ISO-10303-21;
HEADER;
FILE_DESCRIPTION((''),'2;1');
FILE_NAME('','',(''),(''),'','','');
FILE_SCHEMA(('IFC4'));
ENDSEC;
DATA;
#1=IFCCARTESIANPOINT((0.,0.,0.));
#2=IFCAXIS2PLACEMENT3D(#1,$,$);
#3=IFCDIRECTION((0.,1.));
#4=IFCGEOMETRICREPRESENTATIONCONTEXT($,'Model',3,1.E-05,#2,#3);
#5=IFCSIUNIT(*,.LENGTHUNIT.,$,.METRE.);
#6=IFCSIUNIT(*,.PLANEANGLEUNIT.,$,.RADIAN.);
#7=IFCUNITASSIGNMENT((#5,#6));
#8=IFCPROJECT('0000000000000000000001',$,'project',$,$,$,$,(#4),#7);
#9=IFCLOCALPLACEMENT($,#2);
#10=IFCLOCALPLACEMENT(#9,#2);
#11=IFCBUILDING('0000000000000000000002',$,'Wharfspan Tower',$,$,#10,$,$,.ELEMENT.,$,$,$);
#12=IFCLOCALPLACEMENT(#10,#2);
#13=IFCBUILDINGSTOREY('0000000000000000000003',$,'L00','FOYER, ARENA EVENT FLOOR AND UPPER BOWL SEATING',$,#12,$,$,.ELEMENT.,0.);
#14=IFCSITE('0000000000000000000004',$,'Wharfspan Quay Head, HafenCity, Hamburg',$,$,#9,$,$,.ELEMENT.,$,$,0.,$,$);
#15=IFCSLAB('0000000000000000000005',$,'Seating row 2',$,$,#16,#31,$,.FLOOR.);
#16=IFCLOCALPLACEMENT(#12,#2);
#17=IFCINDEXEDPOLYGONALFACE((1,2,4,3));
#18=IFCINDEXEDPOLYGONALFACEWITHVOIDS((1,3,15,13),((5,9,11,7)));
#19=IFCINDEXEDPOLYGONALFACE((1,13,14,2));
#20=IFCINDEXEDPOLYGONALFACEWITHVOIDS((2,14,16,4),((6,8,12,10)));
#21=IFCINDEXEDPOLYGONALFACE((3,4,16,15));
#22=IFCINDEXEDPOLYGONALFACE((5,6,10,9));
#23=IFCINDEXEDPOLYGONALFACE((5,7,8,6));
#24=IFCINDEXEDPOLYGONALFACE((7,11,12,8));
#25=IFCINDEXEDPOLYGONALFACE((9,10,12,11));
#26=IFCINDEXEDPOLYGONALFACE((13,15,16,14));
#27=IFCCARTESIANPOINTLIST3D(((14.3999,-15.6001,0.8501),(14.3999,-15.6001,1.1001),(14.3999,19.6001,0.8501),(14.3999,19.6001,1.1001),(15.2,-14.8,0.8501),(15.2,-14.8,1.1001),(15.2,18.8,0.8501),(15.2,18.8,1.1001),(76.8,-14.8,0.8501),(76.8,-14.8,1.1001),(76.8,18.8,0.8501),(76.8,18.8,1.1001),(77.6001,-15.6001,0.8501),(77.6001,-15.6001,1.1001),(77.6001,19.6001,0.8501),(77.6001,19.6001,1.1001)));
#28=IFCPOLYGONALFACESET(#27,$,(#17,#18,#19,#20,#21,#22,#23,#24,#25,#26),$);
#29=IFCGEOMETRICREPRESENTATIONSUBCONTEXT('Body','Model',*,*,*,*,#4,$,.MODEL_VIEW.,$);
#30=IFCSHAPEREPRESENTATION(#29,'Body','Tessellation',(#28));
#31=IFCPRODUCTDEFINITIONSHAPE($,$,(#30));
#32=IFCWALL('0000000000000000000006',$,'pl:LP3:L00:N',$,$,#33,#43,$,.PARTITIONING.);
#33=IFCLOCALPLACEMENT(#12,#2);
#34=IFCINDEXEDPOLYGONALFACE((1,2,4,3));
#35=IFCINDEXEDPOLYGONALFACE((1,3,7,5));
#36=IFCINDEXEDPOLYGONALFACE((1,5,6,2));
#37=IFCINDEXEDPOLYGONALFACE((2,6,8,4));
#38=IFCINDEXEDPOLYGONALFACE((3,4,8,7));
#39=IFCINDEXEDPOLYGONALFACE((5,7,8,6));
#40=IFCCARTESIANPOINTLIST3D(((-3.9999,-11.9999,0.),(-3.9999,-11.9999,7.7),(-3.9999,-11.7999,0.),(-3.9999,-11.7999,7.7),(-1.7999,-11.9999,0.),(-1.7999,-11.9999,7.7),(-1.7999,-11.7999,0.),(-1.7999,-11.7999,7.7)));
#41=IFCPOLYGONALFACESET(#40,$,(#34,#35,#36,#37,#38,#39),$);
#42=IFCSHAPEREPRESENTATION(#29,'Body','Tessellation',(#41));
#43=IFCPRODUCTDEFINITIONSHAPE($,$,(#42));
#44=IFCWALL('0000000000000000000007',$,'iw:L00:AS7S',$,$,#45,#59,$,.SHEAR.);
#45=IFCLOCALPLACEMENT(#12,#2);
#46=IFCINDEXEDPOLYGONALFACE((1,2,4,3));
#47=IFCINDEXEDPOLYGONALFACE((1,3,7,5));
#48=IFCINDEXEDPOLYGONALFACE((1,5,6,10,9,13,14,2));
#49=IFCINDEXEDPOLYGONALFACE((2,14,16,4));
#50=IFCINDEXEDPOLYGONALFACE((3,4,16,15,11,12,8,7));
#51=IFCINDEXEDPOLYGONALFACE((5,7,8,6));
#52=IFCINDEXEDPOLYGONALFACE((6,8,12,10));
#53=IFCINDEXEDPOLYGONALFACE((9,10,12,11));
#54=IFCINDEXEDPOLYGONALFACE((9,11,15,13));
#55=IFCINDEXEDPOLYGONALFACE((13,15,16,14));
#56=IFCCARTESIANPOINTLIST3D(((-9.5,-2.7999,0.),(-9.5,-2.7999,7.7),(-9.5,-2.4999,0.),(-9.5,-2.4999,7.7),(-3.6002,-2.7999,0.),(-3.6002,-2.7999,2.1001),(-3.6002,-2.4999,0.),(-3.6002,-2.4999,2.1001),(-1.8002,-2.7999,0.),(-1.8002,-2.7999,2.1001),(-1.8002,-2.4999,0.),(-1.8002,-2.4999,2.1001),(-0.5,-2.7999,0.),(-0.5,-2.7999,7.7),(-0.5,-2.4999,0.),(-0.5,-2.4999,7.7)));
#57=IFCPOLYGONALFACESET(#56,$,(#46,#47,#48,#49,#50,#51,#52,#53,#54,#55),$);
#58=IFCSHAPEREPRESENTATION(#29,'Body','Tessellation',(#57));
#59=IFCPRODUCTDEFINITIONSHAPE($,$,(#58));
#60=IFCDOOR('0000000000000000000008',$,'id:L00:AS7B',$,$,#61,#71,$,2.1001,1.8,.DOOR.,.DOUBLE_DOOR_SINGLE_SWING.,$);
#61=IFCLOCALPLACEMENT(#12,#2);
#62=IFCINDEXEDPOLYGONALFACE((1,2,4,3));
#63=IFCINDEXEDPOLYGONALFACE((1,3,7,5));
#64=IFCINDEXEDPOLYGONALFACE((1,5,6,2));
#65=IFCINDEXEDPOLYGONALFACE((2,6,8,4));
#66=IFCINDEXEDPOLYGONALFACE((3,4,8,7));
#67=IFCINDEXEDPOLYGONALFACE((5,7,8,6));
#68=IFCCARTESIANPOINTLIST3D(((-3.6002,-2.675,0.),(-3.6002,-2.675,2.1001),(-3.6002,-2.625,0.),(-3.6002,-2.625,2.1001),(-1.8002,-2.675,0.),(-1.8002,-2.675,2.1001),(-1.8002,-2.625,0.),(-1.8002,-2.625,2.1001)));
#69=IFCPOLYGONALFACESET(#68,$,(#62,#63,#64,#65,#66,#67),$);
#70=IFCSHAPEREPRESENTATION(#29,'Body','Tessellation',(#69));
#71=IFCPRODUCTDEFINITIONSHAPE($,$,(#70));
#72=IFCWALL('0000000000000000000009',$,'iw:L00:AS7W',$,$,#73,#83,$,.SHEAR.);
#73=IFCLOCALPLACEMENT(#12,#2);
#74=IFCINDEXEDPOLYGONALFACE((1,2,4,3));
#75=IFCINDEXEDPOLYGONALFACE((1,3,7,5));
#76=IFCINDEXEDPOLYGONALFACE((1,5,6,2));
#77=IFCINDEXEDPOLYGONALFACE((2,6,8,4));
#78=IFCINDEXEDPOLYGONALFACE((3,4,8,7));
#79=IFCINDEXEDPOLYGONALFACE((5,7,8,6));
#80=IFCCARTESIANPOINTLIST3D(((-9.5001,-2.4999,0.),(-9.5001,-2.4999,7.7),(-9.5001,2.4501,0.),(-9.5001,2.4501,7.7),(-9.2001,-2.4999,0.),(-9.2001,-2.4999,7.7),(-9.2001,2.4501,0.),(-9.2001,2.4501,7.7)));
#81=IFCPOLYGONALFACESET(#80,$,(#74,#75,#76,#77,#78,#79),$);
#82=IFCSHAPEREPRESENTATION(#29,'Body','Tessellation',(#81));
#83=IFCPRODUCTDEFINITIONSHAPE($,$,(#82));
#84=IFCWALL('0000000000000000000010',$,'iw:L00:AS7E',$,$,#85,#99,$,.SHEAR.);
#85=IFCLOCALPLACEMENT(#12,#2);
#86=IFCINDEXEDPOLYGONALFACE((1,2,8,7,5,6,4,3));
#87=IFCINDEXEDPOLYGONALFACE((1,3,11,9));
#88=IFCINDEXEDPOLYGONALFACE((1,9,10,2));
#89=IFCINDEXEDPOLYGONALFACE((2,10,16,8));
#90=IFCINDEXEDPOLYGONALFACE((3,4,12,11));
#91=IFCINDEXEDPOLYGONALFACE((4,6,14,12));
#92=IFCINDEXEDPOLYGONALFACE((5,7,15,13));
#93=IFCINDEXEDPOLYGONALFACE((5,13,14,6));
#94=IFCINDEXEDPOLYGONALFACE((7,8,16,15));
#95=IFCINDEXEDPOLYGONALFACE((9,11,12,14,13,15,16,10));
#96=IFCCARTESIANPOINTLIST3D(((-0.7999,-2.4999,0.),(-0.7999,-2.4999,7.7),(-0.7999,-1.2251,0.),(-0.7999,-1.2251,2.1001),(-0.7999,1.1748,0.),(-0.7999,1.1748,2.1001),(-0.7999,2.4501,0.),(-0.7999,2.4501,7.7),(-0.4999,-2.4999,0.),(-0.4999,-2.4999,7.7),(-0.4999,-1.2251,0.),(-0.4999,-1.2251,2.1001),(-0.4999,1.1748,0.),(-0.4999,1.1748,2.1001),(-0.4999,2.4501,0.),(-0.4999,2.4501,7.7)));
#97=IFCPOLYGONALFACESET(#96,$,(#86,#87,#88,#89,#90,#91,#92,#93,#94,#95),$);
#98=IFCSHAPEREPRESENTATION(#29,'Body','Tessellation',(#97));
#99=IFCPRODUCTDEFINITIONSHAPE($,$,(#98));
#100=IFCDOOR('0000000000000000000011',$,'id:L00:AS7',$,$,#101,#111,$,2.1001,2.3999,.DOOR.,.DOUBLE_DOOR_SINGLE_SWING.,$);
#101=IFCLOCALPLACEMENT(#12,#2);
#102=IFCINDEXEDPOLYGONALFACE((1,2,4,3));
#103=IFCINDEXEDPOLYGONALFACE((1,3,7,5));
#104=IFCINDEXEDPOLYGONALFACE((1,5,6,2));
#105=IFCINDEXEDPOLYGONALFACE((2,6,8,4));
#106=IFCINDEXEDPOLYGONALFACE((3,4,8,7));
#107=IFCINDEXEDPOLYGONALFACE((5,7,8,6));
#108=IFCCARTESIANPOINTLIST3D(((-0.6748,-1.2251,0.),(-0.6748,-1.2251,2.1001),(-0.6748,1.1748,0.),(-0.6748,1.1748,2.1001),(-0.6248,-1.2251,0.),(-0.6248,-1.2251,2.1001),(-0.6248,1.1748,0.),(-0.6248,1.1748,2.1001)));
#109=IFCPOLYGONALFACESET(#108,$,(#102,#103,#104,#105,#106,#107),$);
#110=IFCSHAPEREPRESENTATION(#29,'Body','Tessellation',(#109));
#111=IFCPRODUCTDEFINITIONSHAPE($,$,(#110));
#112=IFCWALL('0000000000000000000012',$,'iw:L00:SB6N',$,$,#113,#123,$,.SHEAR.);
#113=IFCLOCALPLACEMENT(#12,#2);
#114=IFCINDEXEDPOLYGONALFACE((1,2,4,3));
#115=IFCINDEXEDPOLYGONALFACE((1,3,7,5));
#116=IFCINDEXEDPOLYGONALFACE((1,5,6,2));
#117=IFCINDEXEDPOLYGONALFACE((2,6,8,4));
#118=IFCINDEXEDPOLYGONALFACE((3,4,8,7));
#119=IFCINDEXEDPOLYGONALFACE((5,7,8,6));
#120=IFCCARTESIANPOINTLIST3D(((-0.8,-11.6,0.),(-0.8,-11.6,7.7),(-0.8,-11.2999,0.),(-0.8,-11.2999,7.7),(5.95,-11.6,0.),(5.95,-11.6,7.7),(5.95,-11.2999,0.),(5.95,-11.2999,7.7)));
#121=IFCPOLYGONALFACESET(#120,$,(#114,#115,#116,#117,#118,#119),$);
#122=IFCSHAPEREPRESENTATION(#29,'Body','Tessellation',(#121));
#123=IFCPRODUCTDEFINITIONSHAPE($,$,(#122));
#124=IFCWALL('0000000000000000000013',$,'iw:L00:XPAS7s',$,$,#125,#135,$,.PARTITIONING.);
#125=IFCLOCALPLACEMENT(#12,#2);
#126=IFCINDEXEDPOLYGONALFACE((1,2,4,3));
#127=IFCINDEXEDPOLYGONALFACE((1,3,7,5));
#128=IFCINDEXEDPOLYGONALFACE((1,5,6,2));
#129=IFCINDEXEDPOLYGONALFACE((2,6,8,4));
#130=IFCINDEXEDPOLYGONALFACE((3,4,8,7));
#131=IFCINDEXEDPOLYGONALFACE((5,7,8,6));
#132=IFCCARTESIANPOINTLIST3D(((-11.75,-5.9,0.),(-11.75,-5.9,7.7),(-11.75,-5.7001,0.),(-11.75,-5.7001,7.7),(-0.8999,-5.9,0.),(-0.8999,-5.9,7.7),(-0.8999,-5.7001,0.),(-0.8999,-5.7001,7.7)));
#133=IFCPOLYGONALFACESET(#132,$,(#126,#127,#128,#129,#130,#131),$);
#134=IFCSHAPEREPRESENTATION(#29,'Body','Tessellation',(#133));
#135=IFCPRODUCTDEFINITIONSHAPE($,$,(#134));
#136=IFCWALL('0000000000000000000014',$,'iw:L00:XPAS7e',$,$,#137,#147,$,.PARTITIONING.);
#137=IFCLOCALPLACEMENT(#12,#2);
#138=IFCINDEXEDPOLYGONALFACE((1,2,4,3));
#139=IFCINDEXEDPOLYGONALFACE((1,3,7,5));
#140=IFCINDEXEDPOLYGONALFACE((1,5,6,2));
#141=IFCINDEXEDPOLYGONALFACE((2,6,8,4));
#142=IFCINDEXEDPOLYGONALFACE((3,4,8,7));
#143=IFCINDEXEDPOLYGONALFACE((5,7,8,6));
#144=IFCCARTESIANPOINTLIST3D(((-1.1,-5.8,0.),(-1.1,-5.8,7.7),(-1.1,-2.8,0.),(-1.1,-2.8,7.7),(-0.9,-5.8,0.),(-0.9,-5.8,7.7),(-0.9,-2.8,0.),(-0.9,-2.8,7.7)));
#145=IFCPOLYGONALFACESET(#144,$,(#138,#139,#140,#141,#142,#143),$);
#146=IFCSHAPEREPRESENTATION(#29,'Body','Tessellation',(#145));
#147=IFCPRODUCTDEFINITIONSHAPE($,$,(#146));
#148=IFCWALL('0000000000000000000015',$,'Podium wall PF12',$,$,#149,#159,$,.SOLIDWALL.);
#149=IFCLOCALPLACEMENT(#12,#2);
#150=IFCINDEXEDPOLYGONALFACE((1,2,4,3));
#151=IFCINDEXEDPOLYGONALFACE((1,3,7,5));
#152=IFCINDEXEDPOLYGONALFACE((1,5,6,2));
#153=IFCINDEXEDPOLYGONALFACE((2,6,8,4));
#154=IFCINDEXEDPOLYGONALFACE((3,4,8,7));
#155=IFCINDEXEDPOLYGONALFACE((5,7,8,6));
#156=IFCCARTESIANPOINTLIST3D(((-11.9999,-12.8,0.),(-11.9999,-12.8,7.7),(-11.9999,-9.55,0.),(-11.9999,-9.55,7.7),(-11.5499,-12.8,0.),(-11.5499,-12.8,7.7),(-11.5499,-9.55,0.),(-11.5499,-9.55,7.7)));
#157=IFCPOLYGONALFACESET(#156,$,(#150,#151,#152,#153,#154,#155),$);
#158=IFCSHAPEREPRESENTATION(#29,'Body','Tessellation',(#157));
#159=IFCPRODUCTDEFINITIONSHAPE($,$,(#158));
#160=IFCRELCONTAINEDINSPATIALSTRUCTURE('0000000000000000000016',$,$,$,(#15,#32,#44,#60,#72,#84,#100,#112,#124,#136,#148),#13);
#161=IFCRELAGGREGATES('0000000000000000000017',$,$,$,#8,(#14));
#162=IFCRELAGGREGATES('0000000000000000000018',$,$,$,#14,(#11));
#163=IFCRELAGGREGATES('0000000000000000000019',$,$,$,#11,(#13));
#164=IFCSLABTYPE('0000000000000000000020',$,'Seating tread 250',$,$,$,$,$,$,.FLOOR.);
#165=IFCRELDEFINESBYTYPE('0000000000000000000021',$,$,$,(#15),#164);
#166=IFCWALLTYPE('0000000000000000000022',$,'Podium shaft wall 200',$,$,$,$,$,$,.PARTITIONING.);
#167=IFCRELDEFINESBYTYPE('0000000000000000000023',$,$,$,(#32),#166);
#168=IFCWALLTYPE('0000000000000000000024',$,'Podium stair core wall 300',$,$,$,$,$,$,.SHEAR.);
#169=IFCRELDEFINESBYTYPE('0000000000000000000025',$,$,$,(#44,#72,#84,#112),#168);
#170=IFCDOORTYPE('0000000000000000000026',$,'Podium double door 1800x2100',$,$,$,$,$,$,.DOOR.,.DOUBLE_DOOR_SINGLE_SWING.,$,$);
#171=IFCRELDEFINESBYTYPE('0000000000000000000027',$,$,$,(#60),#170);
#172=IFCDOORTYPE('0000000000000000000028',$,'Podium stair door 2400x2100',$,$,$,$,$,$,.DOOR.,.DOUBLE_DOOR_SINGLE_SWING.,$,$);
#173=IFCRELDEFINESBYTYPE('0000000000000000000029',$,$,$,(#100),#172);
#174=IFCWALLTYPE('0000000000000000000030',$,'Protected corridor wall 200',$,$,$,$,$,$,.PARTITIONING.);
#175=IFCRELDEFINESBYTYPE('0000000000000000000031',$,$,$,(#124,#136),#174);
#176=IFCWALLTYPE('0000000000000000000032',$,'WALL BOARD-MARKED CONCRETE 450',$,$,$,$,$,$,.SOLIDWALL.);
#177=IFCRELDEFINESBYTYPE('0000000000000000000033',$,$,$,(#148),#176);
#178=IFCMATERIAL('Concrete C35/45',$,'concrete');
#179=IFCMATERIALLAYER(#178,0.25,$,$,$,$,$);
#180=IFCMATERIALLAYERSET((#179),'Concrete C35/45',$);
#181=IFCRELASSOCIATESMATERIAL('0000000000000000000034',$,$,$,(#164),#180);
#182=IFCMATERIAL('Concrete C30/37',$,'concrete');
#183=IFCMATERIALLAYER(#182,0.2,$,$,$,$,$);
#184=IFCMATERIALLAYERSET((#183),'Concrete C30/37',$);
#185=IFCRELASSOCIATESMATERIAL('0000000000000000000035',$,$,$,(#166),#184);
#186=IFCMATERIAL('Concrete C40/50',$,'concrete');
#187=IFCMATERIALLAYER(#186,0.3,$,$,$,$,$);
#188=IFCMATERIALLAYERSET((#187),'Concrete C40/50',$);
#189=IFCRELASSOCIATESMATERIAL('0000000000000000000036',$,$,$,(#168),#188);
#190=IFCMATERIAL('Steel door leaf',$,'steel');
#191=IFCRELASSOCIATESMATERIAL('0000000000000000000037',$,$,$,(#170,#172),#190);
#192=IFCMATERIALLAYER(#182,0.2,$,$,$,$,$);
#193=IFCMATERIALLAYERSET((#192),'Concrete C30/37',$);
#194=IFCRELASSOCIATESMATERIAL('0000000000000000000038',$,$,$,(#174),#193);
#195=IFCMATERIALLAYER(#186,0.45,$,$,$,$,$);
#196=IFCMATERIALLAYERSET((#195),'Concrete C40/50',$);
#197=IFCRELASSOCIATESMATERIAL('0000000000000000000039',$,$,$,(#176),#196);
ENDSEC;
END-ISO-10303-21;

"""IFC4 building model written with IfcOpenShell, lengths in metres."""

from ifc_helpers import new_model, si_unit, direction, frame, frame_2d, origin, place, context, subcontext, project, spatial, polyline, rectangle, outline, extrude, material, layer, layer_set, type_object, element, fill, save


model = new_model("IFC4")

# Units and contexts
model_context = context("Model", 3, precision=1e-05, world=origin(), true_north=direction((0.0, 1.0)))
body_context = subcontext(model_context, "Body", "Model", "MODEL_VIEW")
ifc_project = project(units=[si_unit("LENGTHUNIT", "METRE"), si_unit("PLANEANGLEUNIT", "RADIAN")], contexts=[model_context])

# Site, building, storey
site_placement = place(None, origin())
site = spatial("IfcSite", under=ifc_project, at=site_placement, Name="Wharfspan Quay Head, HafenCity, Hamburg", CompositionType="ELEMENT", RefElevation=0.0)
building_placement = place(site_placement, origin())
building = spatial("IfcBuilding", under=site, at=building_placement, Name="Wharfspan Tower", CompositionType="ELEMENT")
storey_placement = place(building_placement, origin())
storey = spatial("IfcBuildingStorey", under=building, at=storey_placement, Name="L00", Description="FOYER, ARENA EVENT FLOOR AND UPPER BOWL SEATING", CompositionType="ELEMENT", Elevation=0.0)

# Slab
ifc_material_1 = material(Name="Concrete C35/45", Category="concrete")
ifc_layer_1 = layer(ifc_material_1, 0.25)
ifc_layer_set_1 = layer_set([ifc_layer_1], Name="Concrete C35/45")
slab_type_1 = type_object("IfcSlabType", Name="Seating tread 250", PredefinedType="FLOOR", material=ifc_layer_set_1)
slab_1_placement = place(storey_placement, frame((0.0, 0.0, 0.8501)))
element("IfcSlab", 1, at=slab_1_placement, inside=storey, type_object=slab_type_1, Name="Seating row 2", PredefinedType="FLOOR", context=body_context, shape_type="SweptSolid", body=[
    extrude(outline(polyline([(14.3999, 19.6001), (77.6001, 19.6001), (77.6001, -15.6001), (14.3999, -15.6001), (14.3999, 19.6001)]), holes=[polyline([(15.2, 18.8), (15.2, -14.8), (76.8, -14.8), (76.8, 18.8), (15.2, 18.8)])]), origin(), (0.0, 0.0, 1.0), 0.25),
])

# Wall
ifc_material_2 = material(Name="Concrete C30/37", Category="concrete")
ifc_layer_2 = layer(ifc_material_2, 0.2)
ifc_layer_set_2 = layer_set([ifc_layer_2], Name="Concrete C30/37")
wall_type_1 = type_object("IfcWallType", Name="Podium shaft wall 200", PredefinedType="PARTITIONING", material=ifc_layer_set_2)
wall_1_placement = place(storey_placement, frame((-4.0, -11.8999, 0.0), z_axis=(0.0, 0.0, 1.0), x_axis=(1.0, 0.0, 0.0)))
element("IfcWall", 2, at=wall_1_placement, inside=storey, type_object=wall_type_1, Name="pl:LP3:L00:N", PredefinedType="PARTITIONING", context=body_context, shape_type="SweptSolid", body=[
    extrude(rectangle(XDim=2.2, YDim=0.2, at=frame_2d((1.1001, 0.0))), origin(), (0.0, 0.0, 1.0), 7.7),
])

# Wall, opening, door
ifc_material_3 = material(Name="Concrete C40/50", Category="concrete")
ifc_layer_3 = layer(ifc_material_3, 0.3)
ifc_layer_set_3 = layer_set([ifc_layer_3], Name="Concrete C40/50")
wall_type_2 = type_object("IfcWallType", Name="Podium stair core wall 300", PredefinedType="SHEAR", material=ifc_layer_set_3)
wall_2_placement = place(storey_placement, frame((-9.5, -2.6499, 0.0), z_axis=(0.0, 0.0, 1.0), x_axis=(1.0, 0.0, 0.0)))
wall_2 = element("IfcWall", 3, at=wall_2_placement, inside=storey, type_object=wall_type_2, Name="iw:L00:AS7S", PredefinedType="SHEAR", context=body_context, shape_type="SweptSolid", body=[
    extrude(rectangle(XDim=9.0, YDim=0.3, at=frame_2d((4.5, 0.0))), origin(), (0.0, 0.0, 1.0), 7.7),
])
opening_1_placement = place(wall_2_placement, frame((5.8999, 0.0, 0.0)))
opening_1 = element("IfcOpeningElement", 4, at=opening_1_placement, cuts=wall_2, PredefinedType="OPENING", context=body_context, shape_type="SweptSolid", body=[
    extrude(rectangle(XDim=1.8, YDim=2.1001, at=frame_2d((0.8999, 1.05))), frame((0.0, 0.1599, 0.0), z_axis=(0.0, -1.0, 0.0), x_axis=(1.0, 0.0, 0.0)), (0.0, 0.0, 1.0), 0.3201),
])
ifc_material_4 = material(Name="Steel door leaf", Category="steel")
door_type_1 = type_object("IfcDoorType", Name="Podium double door 1800x2100", OperationType="DOUBLE_DOOR_SINGLE_SWING", PredefinedType="DOOR", material=ifc_material_4)
door_1_placement = place(opening_1_placement, origin())
door_1 = element("IfcDoor", 5, at=door_1_placement, inside=storey, type_object=door_type_1, Name="id:L00:AS7B", OperationType="DOUBLE_DOOR_SINGLE_SWING", OverallHeight=2.1001, OverallWidth=1.8, PredefinedType="DOOR", context=body_context, shape_type="SweptSolid", body=[
    extrude(rectangle(XDim=1.8, YDim=2.1001, at=frame_2d((0.8999, 1.05))), frame((0.0, 0.0249, 0.0), z_axis=(0.0, -1.0, 0.0), x_axis=(1.0, 0.0, 0.0)), (0.0, 0.0, 1.0), 0.05),
])
fill(opening_1, door_1)

# Wall
wall_3_placement = place(storey_placement, frame((-9.3501, -2.5, 0.0), z_axis=(0.0, 0.0, 1.0), x_axis=(0.0, 1.0, 0.0)))
element("IfcWall", 6, at=wall_3_placement, inside=storey, type_object=wall_type_2, Name="iw:L00:AS7W", PredefinedType="SHEAR", context=body_context, shape_type="SweptSolid", body=[
    extrude(rectangle(XDim=4.95, YDim=0.3, at=frame_2d((2.4751, 0.0))), origin(), (0.0, 0.0, 1.0), 7.7),
])

# Wall, opening, door
wall_4_placement = place(storey_placement, frame((-0.6499, -2.5, 0.0), z_axis=(0.0, 0.0, 1.0), x_axis=(0.0, 1.0, 0.0)))
wall_4 = element("IfcWall", 7, at=wall_4_placement, inside=storey, type_object=wall_type_2, Name="iw:L00:AS7E", PredefinedType="SHEAR", context=body_context, shape_type="SweptSolid", body=[
    extrude(rectangle(XDim=4.95, YDim=0.3, at=frame_2d((2.4751, 0.0))), origin(), (0.0, 0.0, 1.0), 7.7),
])
opening_2_placement = place(wall_4_placement, frame((1.2749, 0.0, 0.0)))
opening_2 = element("IfcOpeningElement", 8, at=opening_2_placement, cuts=wall_4, PredefinedType="OPENING", context=body_context, shape_type="SweptSolid", body=[
    extrude(rectangle(XDim=2.3999, YDim=2.1001, at=frame_2d((1.2, 1.05))), frame((0.0, 0.1599, 0.0), z_axis=(0.0, -1.0, 0.0), x_axis=(1.0, 0.0, 0.0)), (0.0, 0.0, 1.0), 0.3201),
])
door_type_2 = type_object("IfcDoorType", Name="Podium stair door 2400x2100", OperationType="DOUBLE_DOOR_SINGLE_SWING", PredefinedType="DOOR", material=ifc_material_4)
door_2_placement = place(opening_2_placement, origin())
door_2 = element("IfcDoor", 9, at=door_2_placement, inside=storey, type_object=door_type_2, Name="id:L00:AS7", OperationType="DOUBLE_DOOR_SINGLE_SWING", OverallHeight=2.1001, OverallWidth=2.3999, PredefinedType="DOOR", context=body_context, shape_type="SweptSolid", body=[
    extrude(rectangle(XDim=2.3999, YDim=2.1001, at=frame_2d((1.2, 1.05))), frame((0.0, 0.0249, 0.0), z_axis=(0.0, -1.0, 0.0), x_axis=(1.0, 0.0, 0.0)), (0.0, 0.0, 1.0), 0.05),
])
fill(opening_2, door_2)

# Walls
wall_5_placement = place(storey_placement, frame((-0.8, -11.45, 0.0), z_axis=(0.0, 0.0, 1.0), x_axis=(1.0, 0.0, 0.0)))
element("IfcWall", 10, at=wall_5_placement, inside=storey, type_object=wall_type_2, Name="iw:L00:SB6N", PredefinedType="SHEAR", context=body_context, shape_type="SweptSolid", body=[
    extrude(rectangle(XDim=6.75, YDim=0.3, at=frame_2d((3.375, 0.0))), origin(), (0.0, 0.0, 1.0), 7.7),
])
ifc_layer_4 = layer(ifc_material_2, 0.2)
ifc_layer_set_4 = layer_set([ifc_layer_4], Name="Concrete C30/37")
wall_type_3 = type_object("IfcWallType", Name="Protected corridor wall 200", PredefinedType="PARTITIONING", material=ifc_layer_set_4)
wall_6_placement = place(storey_placement, frame((-11.75, -5.8, 0.0), z_axis=(0.0, 0.0, 1.0), x_axis=(1.0, 0.0, 0.0)))
element("IfcWall", 11, at=wall_6_placement, inside=storey, type_object=wall_type_3, Name="iw:L00:XPAS7s", PredefinedType="PARTITIONING", context=body_context, shape_type="SweptSolid", body=[
    extrude(rectangle(XDim=10.8501, YDim=0.2, at=frame_2d((5.425, 0.0))), origin(), (0.0, 0.0, 1.0), 7.7),
])
wall_7_placement = place(storey_placement, frame((-1.0, -5.8, 0.0), z_axis=(0.0, 0.0, 1.0), x_axis=(0.0, 1.0, 0.0)))
element("IfcWall", 12, at=wall_7_placement, inside=storey, type_object=wall_type_3, Name="iw:L00:XPAS7e", PredefinedType="PARTITIONING", context=body_context, shape_type="SweptSolid", body=[
    extrude(rectangle(XDim=3.0, YDim=0.2, at=frame_2d((1.5, 0.0))), origin(), (0.0, 0.0, 1.0), 7.7),
])
ifc_layer_5 = layer(ifc_material_3, 0.45)
ifc_layer_set_5 = layer_set([ifc_layer_5], Name="Concrete C40/50")
wall_type_4 = type_object("IfcWallType", Name="WALL BOARD-MARKED CONCRETE 450", PredefinedType="SOLIDWALL", material=ifc_layer_set_5)
wall_8_placement = place(storey_placement, frame((-11.7749, -9.55, 0.0), z_axis=(0.0, 0.0, 1.0), x_axis=(0.0, -1.0, 0.0)))
element("IfcWall", 13, at=wall_8_placement, inside=storey, type_object=wall_type_4, Name="Podium wall PF12", PredefinedType="SOLIDWALL", context=body_context, shape_type="SweptSolid", body=[
    extrude(rectangle(XDim=3.25, YDim=0.45, at=frame_2d((1.625, 0.0))), origin(), (0.0, 0.0, 1.0), 7.7),
])

save(model, "model.ifc")
